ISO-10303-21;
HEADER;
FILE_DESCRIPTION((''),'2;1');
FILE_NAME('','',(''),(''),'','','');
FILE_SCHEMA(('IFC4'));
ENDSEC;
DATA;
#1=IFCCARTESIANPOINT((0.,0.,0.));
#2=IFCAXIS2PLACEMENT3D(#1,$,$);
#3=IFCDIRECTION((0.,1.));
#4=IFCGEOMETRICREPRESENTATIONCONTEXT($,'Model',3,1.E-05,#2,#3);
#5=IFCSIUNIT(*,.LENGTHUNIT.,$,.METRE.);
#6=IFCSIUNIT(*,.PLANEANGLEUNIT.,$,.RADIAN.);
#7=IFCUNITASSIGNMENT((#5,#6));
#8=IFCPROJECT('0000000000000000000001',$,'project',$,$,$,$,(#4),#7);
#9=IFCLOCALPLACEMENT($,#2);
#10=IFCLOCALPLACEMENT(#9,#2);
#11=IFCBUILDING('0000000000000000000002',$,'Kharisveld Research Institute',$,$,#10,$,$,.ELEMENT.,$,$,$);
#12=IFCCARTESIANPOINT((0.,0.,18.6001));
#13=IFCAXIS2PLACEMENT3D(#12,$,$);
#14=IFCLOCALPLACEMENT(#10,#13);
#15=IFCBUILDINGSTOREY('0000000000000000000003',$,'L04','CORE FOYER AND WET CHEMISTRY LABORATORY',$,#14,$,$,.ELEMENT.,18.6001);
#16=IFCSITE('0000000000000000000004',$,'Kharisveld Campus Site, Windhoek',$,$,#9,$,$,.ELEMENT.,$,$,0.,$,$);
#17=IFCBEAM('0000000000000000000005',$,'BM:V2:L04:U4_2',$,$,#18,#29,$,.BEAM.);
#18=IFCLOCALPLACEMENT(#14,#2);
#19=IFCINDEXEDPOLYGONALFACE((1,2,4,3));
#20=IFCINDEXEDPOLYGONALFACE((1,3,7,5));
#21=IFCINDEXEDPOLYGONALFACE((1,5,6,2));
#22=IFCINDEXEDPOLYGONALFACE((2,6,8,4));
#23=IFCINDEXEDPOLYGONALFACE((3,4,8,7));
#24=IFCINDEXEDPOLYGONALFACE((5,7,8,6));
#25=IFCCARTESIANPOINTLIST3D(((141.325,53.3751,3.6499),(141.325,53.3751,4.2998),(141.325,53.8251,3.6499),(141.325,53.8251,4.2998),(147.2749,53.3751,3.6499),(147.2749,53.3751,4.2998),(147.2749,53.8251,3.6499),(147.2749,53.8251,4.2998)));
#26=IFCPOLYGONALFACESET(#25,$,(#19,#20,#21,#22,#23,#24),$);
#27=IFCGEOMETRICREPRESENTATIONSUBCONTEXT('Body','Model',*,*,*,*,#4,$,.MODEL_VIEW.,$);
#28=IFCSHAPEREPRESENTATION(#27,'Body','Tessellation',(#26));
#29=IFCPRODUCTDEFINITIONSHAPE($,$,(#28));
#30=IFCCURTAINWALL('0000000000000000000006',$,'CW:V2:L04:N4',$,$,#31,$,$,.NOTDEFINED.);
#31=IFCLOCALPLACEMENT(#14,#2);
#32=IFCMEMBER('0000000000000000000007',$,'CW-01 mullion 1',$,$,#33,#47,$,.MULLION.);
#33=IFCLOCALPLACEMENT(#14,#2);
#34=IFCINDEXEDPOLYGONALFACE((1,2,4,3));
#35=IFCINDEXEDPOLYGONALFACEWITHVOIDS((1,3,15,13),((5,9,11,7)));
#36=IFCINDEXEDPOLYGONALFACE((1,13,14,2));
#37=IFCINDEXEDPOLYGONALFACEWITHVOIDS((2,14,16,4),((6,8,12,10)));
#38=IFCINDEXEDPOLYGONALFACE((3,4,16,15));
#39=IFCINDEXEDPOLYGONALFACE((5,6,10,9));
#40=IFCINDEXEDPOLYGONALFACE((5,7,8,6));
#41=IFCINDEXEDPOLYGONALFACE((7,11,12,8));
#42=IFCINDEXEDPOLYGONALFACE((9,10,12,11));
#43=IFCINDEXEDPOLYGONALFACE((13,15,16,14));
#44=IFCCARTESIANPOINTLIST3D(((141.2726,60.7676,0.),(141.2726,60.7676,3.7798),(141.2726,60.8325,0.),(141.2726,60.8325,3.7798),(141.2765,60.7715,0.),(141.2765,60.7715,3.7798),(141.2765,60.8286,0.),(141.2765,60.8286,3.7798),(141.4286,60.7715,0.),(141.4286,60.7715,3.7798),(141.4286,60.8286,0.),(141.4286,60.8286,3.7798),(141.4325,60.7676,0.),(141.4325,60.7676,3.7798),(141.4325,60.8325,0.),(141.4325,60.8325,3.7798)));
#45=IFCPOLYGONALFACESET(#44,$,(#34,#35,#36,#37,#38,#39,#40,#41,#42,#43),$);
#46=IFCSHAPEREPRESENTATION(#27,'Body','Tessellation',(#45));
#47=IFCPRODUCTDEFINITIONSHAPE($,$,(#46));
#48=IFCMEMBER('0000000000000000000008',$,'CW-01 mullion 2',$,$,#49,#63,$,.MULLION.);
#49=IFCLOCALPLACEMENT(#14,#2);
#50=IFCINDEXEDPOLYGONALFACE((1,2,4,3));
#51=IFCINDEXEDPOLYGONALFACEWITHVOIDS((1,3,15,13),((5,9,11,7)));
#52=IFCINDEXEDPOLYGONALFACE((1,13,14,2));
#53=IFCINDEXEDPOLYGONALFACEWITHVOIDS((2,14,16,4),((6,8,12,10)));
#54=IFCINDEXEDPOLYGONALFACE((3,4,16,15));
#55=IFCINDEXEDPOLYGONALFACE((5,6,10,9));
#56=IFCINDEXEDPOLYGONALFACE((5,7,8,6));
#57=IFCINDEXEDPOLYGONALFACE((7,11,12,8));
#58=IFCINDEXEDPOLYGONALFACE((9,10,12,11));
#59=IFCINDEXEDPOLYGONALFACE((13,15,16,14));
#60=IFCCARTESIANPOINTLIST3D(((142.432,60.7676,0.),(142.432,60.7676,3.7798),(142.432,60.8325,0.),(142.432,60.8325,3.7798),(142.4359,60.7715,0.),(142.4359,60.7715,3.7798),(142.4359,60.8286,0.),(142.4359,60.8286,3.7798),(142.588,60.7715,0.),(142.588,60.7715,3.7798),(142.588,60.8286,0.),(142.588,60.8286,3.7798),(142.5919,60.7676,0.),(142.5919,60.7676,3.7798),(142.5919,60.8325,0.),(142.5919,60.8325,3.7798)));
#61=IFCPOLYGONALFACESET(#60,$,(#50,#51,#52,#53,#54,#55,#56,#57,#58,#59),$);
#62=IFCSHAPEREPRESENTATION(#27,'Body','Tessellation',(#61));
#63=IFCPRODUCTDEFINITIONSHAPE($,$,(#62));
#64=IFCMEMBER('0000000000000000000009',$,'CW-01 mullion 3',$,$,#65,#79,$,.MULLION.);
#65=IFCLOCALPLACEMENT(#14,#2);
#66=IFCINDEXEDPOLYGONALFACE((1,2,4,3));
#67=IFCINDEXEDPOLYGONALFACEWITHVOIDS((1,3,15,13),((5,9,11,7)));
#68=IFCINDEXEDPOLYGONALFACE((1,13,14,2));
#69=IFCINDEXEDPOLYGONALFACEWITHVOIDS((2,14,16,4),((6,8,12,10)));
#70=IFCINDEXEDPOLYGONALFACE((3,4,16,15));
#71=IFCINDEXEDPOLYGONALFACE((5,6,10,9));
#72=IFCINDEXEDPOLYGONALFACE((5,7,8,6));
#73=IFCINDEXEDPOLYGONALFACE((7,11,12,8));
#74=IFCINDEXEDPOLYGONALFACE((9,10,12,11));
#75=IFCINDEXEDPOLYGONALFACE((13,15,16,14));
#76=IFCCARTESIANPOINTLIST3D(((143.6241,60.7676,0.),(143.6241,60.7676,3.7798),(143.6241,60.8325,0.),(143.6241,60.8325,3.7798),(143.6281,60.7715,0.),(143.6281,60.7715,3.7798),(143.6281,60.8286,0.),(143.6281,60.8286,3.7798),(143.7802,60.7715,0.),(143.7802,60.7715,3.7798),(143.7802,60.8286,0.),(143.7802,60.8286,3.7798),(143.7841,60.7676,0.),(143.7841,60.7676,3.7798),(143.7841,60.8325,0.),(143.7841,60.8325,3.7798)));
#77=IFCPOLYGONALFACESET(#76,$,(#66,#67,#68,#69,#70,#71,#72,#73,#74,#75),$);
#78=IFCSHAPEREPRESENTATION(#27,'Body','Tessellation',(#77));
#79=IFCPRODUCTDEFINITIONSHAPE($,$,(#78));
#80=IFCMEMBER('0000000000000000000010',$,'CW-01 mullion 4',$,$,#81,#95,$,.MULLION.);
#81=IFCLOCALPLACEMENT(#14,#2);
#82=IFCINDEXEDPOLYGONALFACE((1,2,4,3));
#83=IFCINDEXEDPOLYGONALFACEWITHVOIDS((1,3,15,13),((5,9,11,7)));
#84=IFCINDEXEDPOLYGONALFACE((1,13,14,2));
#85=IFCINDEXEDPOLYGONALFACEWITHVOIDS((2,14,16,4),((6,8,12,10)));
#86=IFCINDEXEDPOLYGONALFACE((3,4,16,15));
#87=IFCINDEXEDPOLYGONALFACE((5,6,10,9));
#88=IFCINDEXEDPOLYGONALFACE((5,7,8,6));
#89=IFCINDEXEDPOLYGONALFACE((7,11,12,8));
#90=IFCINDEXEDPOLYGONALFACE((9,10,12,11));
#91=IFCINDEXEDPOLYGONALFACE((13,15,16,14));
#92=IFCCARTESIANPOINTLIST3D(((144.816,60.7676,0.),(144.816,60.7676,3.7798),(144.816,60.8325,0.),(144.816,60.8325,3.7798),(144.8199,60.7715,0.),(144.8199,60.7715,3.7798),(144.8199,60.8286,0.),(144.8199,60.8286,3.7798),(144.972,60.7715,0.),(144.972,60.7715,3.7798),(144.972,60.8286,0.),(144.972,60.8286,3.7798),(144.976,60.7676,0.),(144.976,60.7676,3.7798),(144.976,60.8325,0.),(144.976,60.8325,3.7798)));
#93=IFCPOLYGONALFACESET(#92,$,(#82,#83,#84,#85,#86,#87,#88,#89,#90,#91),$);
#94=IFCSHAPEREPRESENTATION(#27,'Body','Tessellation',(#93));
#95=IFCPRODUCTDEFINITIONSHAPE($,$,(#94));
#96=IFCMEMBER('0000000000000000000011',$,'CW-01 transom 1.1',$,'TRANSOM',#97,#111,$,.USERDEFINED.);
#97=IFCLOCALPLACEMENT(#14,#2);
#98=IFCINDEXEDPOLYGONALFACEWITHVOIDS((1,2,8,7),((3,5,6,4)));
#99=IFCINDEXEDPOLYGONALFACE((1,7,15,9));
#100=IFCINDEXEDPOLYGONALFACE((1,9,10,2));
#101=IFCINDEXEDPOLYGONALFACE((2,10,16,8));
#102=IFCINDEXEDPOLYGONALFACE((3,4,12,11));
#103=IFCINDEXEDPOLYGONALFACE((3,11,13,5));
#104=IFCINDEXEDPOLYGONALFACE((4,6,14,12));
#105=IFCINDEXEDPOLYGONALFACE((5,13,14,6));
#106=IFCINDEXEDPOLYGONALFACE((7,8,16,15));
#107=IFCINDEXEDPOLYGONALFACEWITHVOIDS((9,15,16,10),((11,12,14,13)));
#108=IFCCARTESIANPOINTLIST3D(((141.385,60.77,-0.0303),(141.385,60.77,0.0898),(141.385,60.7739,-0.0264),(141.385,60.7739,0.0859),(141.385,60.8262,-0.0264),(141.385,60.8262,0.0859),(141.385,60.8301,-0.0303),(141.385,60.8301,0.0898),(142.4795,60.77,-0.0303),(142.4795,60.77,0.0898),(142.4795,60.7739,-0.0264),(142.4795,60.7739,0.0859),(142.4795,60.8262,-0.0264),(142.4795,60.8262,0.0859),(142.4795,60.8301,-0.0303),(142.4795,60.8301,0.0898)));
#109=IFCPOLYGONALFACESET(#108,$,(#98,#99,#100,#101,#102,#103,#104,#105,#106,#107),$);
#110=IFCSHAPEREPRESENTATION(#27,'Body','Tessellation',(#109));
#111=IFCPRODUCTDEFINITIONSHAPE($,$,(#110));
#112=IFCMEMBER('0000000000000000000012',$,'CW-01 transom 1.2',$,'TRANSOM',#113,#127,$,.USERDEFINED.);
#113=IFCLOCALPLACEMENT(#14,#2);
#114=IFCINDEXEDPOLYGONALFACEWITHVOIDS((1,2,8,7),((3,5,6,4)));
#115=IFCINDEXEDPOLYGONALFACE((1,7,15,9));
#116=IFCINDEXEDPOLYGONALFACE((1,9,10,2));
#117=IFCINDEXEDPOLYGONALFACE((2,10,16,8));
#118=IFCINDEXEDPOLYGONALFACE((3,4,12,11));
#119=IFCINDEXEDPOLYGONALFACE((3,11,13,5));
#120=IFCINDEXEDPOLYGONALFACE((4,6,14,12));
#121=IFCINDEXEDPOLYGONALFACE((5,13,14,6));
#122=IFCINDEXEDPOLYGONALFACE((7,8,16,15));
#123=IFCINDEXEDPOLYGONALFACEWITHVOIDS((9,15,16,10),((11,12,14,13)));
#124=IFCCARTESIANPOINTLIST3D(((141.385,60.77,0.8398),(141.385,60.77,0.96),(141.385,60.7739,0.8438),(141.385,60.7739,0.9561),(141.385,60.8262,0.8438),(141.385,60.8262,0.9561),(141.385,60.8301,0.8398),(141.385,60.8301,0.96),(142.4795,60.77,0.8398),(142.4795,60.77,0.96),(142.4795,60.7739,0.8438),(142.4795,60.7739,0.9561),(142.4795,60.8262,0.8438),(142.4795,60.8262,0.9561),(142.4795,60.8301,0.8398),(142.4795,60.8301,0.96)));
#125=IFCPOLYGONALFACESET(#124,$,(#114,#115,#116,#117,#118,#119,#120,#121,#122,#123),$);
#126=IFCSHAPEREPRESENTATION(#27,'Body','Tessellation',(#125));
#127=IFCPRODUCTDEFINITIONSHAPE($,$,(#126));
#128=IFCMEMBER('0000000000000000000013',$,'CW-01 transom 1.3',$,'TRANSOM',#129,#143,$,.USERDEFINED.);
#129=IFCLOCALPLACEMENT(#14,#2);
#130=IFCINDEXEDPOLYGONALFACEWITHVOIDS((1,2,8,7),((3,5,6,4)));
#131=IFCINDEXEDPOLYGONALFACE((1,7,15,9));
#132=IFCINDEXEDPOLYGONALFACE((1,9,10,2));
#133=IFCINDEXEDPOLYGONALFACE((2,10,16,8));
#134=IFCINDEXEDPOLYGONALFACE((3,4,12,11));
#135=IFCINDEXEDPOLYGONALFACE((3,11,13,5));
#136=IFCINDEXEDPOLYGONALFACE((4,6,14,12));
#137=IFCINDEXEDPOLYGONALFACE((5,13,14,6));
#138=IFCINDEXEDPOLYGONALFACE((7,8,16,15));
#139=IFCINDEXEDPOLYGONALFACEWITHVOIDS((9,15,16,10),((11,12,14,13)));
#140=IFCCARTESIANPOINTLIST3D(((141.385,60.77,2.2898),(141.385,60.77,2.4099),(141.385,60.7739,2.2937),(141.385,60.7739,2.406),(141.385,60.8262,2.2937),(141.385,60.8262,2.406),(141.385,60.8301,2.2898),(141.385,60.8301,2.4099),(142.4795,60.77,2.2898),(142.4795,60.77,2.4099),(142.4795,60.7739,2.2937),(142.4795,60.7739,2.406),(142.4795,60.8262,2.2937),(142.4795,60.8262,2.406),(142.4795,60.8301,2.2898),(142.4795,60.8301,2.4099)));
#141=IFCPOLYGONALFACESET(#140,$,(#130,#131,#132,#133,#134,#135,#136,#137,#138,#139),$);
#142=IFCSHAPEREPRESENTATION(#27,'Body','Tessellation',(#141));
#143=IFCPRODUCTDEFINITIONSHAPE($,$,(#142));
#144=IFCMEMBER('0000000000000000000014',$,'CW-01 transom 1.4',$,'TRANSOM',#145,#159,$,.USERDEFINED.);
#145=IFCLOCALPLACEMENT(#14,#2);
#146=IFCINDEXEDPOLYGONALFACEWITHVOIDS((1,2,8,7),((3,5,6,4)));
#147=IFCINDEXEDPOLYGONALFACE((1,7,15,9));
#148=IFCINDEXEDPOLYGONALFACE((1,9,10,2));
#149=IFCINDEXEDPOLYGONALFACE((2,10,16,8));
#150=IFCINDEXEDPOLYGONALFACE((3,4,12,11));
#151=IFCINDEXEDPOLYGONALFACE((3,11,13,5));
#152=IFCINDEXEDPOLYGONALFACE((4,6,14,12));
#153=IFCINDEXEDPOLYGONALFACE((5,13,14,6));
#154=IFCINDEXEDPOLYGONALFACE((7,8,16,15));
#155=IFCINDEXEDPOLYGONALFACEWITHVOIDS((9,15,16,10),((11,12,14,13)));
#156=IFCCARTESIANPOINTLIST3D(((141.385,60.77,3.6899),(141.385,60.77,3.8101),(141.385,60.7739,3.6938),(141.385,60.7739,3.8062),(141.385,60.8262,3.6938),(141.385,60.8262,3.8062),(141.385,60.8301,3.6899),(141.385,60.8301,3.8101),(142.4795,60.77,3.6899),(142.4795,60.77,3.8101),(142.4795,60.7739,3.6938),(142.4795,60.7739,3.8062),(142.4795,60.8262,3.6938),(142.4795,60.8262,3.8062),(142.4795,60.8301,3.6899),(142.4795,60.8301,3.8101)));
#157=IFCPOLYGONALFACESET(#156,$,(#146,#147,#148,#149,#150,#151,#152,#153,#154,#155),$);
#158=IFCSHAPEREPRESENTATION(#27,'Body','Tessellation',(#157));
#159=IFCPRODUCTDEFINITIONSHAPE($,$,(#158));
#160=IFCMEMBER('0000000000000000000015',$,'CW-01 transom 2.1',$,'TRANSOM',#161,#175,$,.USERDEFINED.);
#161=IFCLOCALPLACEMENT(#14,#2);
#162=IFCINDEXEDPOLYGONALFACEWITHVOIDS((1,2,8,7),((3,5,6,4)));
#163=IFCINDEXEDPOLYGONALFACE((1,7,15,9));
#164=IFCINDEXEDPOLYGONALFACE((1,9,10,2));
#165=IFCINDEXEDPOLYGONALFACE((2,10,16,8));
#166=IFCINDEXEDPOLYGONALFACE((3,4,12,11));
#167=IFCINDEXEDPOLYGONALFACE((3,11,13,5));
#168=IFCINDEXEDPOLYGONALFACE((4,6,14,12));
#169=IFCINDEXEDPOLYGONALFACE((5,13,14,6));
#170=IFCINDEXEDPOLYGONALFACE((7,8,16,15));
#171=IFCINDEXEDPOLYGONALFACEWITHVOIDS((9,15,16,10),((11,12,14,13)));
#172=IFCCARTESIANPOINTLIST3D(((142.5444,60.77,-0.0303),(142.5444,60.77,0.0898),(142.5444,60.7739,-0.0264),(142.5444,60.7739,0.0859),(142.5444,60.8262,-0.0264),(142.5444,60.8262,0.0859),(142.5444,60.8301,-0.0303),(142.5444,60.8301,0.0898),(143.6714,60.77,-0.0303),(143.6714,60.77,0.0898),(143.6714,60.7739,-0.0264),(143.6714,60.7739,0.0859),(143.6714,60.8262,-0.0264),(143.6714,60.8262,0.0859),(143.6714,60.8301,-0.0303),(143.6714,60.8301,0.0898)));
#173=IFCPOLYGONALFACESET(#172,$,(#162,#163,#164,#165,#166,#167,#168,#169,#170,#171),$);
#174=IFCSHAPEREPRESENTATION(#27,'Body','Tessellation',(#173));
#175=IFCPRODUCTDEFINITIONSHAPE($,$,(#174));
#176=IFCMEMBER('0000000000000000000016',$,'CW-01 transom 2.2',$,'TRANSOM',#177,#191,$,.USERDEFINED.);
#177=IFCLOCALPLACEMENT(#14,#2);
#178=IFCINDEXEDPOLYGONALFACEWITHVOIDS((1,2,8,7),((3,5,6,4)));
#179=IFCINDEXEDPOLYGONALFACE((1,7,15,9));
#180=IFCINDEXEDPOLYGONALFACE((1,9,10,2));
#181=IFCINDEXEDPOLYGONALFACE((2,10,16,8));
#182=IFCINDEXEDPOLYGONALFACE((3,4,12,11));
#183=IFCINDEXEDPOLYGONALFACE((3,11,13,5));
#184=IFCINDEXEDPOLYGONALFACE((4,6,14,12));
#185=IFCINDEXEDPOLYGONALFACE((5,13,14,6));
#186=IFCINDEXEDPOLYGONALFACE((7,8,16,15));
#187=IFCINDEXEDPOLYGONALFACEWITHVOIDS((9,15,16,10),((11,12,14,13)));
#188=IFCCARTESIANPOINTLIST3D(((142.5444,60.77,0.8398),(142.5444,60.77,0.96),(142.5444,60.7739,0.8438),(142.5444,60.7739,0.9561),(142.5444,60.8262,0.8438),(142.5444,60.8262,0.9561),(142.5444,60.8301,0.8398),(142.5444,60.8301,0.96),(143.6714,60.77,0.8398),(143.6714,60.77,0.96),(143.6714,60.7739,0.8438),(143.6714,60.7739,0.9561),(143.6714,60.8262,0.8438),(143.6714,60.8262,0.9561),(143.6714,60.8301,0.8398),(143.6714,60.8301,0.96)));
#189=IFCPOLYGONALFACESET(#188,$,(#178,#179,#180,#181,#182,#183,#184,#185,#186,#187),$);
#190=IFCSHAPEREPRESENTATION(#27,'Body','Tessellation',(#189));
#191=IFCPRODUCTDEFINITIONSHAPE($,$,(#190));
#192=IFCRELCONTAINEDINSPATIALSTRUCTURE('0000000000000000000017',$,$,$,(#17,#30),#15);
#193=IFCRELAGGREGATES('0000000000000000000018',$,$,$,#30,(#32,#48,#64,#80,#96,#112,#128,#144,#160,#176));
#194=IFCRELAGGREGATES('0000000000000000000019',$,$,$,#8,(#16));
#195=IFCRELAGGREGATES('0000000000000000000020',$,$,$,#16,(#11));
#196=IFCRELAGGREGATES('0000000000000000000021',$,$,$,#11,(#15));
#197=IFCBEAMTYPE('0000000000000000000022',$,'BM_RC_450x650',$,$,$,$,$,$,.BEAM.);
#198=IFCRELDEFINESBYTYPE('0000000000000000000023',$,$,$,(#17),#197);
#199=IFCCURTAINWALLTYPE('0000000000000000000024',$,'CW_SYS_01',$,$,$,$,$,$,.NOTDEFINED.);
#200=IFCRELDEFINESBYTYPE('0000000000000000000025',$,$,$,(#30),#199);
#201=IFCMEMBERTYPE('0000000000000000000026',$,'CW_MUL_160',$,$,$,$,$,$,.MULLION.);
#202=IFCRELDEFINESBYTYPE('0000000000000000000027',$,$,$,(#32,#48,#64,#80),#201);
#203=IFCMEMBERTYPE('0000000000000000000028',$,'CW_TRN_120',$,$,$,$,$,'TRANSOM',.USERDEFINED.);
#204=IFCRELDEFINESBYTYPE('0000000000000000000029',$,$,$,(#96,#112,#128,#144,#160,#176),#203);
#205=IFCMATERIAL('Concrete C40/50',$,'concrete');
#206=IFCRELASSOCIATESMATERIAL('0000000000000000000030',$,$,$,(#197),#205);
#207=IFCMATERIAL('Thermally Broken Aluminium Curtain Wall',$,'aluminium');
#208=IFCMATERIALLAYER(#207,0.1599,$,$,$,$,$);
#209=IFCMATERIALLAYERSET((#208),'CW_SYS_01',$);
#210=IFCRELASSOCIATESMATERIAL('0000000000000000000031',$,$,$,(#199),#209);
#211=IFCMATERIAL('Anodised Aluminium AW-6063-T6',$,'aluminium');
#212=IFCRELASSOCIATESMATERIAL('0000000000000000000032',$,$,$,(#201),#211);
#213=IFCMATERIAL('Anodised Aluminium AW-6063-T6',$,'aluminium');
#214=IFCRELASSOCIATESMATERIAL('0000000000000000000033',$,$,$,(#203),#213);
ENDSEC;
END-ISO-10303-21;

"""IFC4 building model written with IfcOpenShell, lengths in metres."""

from ifc_helpers import new_model, si_unit, direction, frame, origin, origin_2d, place, context, subcontext, project, spatial, rectangle, hollow_rectangle, extrude, material, layer, layer_set, material_profile, profile_set, type_object, element, aggregate, save


model = new_model("IFC4")

# Units and contexts
model_context = context("Model", 3, precision=1e-05, world=origin(), true_north=direction((0.0, 1.0)))
body_context = subcontext(model_context, "Body", "Model", "MODEL_VIEW")
ifc_project = project(units=[si_unit("LENGTHUNIT", "METRE"), si_unit("PLANEANGLEUNIT", "RADIAN")], contexts=[model_context])

# Site, building, storey
site_placement = place(None, origin())
site = spatial("IfcSite", under=ifc_project, at=site_placement, Name="Kharisveld Campus Site, Windhoek", CompositionType="ELEMENT", RefElevation=0.0)
building_placement = place(site_placement, origin())
building = spatial("IfcBuilding", under=site, at=building_placement, Name="Kharisveld Research Institute", CompositionType="ELEMENT")
storey_placement = place(building_placement, frame((0.0, 0.0, 18.6001)))
storey = spatial("IfcBuildingStorey", under=building, at=storey_placement, Name="L04", Description="CORE FOYER AND WET CHEMISTRY LABORATORY", CompositionType="ELEMENT", Elevation=18.6001)

# Beam
ifc_material_1 = material(Name="Concrete C40/50", Category="concrete")
ifc_material_profile_1 = material_profile(ifc_material_1, rectangle(XDim=0.45, YDim=0.6499, at=origin_2d()))
ifc_profile_set_1 = profile_set([ifc_material_profile_1], Name="Concrete C40/50")
beam_type_1 = type_object("IfcBeamType", Name="BM_RC_450x650", PredefinedType="BEAM", material=ifc_profile_set_1)
beam_1_placement = place(storey_placement, frame((141.325, 53.6001, 3.9749), z_axis=(1.0, 0.0, 0.0), x_axis=(0.0, 1.0, 0.0)))
element("IfcBeam", 1, at=beam_1_placement, inside=storey, type_object=beam_type_1, Name="BM:V2:L04:U4_2", PredefinedType="BEAM", context=body_context, shape_type="SweptSolid", body=[
    extrude(rectangle(XDim=0.45, YDim=0.6499, at=origin_2d()), origin(), (0.0, 0.0, 1.0), 5.95),
])

# Curtain wall, members
ifc_material_2 = material(Name="Thermally Broken Aluminium Curtain Wall", Category="aluminium")
ifc_layer_1 = layer(ifc_material_2, 0.1599)
ifc_layer_set_1 = layer_set([ifc_layer_1], Name="CW_SYS_01")
curtain_wall_type = type_object("IfcCurtainWallType", Name="CW_SYS_01", PredefinedType="NOTDEFINED", material=ifc_layer_set_1)
curtain_wall_placement = place(storey_placement, origin())
curtain_wall = element("IfcCurtainWall", 2, at=curtain_wall_placement, inside=storey, type_object=curtain_wall_type, Name="CW:V2:L04:N4", PredefinedType="NOTDEFINED")
ifc_material_3 = material(Name="Anodised Aluminium AW-6063-T6", Category="aluminium")
ifc_material_profile_2 = material_profile(ifc_material_3, hollow_rectangle(XDim=0.0649, YDim=0.1599, WallThickness=0.0039, at=origin_2d()))
ifc_profile_set_2 = profile_set([ifc_material_profile_2], Name="Anodised Aluminium AW-6063-T6")
member_type_1 = type_object("IfcMemberType", Name="CW_MUL_160", PredefinedType="MULLION", material=ifc_profile_set_2)
member_1_placement = place(storey_placement, frame((141.3525, 60.8, 0.0), z_axis=(0.0, 0.0, 1.0), x_axis=(0.0, 1.0, 0.0)))
member_1 = element("IfcMember", 3, at=member_1_placement, type_object=member_type_1, Name="CW-01 mullion 1", PredefinedType="MULLION", context=body_context, shape_type="SweptSolid", body=[
    extrude(hollow_rectangle(XDim=0.0649, YDim=0.1599, WallThickness=0.0039, at=origin_2d()), origin(), (0.0, 0.0, 1.0), 3.7798),
])
member_2_placement = place(storey_placement, frame((142.512, 60.8, 0.0), z_axis=(0.0, 0.0, 1.0), x_axis=(0.0, 1.0, 0.0)))
member_2 = element("IfcMember", 4, at=member_2_placement, type_object=member_type_1, Name="CW-01 mullion 2", PredefinedType="MULLION", context=body_context, shape_type="SweptSolid", body=[
    extrude(hollow_rectangle(XDim=0.0649, YDim=0.1599, WallThickness=0.0039, at=origin_2d()), origin(), (0.0, 0.0, 1.0), 3.7798),
])
member_3_placement = place(storey_placement, frame((143.7041, 60.8, 0.0), z_axis=(0.0, 0.0, 1.0), x_axis=(0.0, 1.0, 0.0)))
member_3 = element("IfcMember", 5, at=member_3_placement, type_object=member_type_1, Name="CW-01 mullion 3", PredefinedType="MULLION", context=body_context, shape_type="SweptSolid", body=[
    extrude(hollow_rectangle(XDim=0.0649, YDim=0.1599, WallThickness=0.0039, at=origin_2d()), origin(), (0.0, 0.0, 1.0), 3.7798),
])
member_4_placement = place(storey_placement, frame((144.896, 60.8, 0.0), z_axis=(0.0, 0.0, 1.0), x_axis=(0.0, 1.0, 0.0)))
member_4 = element("IfcMember", 6, at=member_4_placement, type_object=member_type_1, Name="CW-01 mullion 4", PredefinedType="MULLION", context=body_context, shape_type="SweptSolid", body=[
    extrude(hollow_rectangle(XDim=0.0649, YDim=0.1599, WallThickness=0.0039, at=origin_2d()), origin(), (0.0, 0.0, 1.0), 3.7798),
])
ifc_material_4 = material(Name="Anodised Aluminium AW-6063-T6", Category="aluminium")
ifc_material_profile_3 = material_profile(ifc_material_4, hollow_rectangle(XDim=0.0601, YDim=0.1201, WallThickness=0.0039, at=origin_2d()))
ifc_profile_set_3 = profile_set([ifc_material_profile_3], Name="Anodised Aluminium AW-6063-T6")
member_type_2 = type_object("IfcMemberType", Name="CW_TRN_120", ElementType="TRANSOM", PredefinedType="USERDEFINED", material=ifc_profile_set_3)
member_5_placement = place(storey_placement, frame((141.385, 60.8, 0.0298), z_axis=(1.0, 0.0, 0.0), x_axis=(0.0, 1.0, 0.0)))
member_5 = element("IfcMember", 7, at=member_5_placement, type_object=member_type_2, Name="CW-01 transom 1.1", ObjectType="TRANSOM", PredefinedType="USERDEFINED", context=body_context, shape_type="SweptSolid", body=[
    extrude(hollow_rectangle(XDim=0.0601, YDim=0.1201, WallThickness=0.0039, at=origin_2d()), origin(), (0.0, 0.0, 1.0), 1.0945),
])
member_6_placement = place(storey_placement, frame((141.385, 60.8, 0.8999), z_axis=(1.0, 0.0, 0.0), x_axis=(0.0, 1.0, 0.0)))
member_6 = element("IfcMember", 8, at=member_6_placement, type_object=member_type_2, Name="CW-01 transom 1.2", ObjectType="TRANSOM", PredefinedType="USERDEFINED", context=body_context, shape_type="SweptSolid", body=[
    extrude(hollow_rectangle(XDim=0.0601, YDim=0.1201, WallThickness=0.0039, at=origin_2d()), origin(), (0.0, 0.0, 1.0), 1.0945),
])
member_7_placement = place(storey_placement, frame((141.385, 60.8, 2.3499), z_axis=(1.0, 0.0, 0.0), x_axis=(0.0, 1.0, 0.0)))
member_7 = element("IfcMember", 9, at=member_7_placement, type_object=member_type_2, Name="CW-01 transom 1.3", ObjectType="TRANSOM", PredefinedType="USERDEFINED", context=body_context, shape_type="SweptSolid", body=[
    extrude(hollow_rectangle(XDim=0.0601, YDim=0.1201, WallThickness=0.0039, at=origin_2d()), origin(), (0.0, 0.0, 1.0), 1.0945),
])
member_8_placement = place(storey_placement, frame((141.385, 60.8, 3.75), z_axis=(1.0, 0.0, 0.0), x_axis=(0.0, 1.0, 0.0)))
member_8 = element("IfcMember", 10, at=member_8_placement, type_object=member_type_2, Name="CW-01 transom 1.4", ObjectType="TRANSOM", PredefinedType="USERDEFINED", context=body_context, shape_type="SweptSolid", body=[
    extrude(hollow_rectangle(XDim=0.0601, YDim=0.1201, WallThickness=0.0039, at=origin_2d()), origin(), (0.0, 0.0, 1.0), 1.0945),
])
member_9_placement = place(storey_placement, frame((142.5444, 60.8, 0.0298), z_axis=(1.0, 0.0, 0.0), x_axis=(0.0, 1.0, 0.0)))
member_9 = element("IfcMember", 11, at=member_9_placement, type_object=member_type_2, Name="CW-01 transom 2.1", ObjectType="TRANSOM", PredefinedType="USERDEFINED", context=body_context, shape_type="SweptSolid", body=[
    extrude(hollow_rectangle(XDim=0.0601, YDim=0.1201, WallThickness=0.0039, at=origin_2d()), origin(), (0.0, 0.0, 1.0), 1.127),
])
member_10_placement = place(storey_placement, frame((142.5444, 60.8, 0.8999), z_axis=(1.0, 0.0, 0.0), x_axis=(0.0, 1.0, 0.0)))
member_10 = element("IfcMember", 12, at=member_10_placement, type_object=member_type_2, Name="CW-01 transom 2.2", ObjectType="TRANSOM", PredefinedType="USERDEFINED", context=body_context, shape_type="SweptSolid", body=[
    extrude(hollow_rectangle(XDim=0.0601, YDim=0.1201, WallThickness=0.0039, at=origin_2d()), origin(), (0.0, 0.0, 1.0), 1.127),
])

aggregate(curtain_wall, [member_1, member_2, member_3, member_4, member_5, member_6, member_7, member_8, member_9, member_10])

save(model, "model.ifc")
